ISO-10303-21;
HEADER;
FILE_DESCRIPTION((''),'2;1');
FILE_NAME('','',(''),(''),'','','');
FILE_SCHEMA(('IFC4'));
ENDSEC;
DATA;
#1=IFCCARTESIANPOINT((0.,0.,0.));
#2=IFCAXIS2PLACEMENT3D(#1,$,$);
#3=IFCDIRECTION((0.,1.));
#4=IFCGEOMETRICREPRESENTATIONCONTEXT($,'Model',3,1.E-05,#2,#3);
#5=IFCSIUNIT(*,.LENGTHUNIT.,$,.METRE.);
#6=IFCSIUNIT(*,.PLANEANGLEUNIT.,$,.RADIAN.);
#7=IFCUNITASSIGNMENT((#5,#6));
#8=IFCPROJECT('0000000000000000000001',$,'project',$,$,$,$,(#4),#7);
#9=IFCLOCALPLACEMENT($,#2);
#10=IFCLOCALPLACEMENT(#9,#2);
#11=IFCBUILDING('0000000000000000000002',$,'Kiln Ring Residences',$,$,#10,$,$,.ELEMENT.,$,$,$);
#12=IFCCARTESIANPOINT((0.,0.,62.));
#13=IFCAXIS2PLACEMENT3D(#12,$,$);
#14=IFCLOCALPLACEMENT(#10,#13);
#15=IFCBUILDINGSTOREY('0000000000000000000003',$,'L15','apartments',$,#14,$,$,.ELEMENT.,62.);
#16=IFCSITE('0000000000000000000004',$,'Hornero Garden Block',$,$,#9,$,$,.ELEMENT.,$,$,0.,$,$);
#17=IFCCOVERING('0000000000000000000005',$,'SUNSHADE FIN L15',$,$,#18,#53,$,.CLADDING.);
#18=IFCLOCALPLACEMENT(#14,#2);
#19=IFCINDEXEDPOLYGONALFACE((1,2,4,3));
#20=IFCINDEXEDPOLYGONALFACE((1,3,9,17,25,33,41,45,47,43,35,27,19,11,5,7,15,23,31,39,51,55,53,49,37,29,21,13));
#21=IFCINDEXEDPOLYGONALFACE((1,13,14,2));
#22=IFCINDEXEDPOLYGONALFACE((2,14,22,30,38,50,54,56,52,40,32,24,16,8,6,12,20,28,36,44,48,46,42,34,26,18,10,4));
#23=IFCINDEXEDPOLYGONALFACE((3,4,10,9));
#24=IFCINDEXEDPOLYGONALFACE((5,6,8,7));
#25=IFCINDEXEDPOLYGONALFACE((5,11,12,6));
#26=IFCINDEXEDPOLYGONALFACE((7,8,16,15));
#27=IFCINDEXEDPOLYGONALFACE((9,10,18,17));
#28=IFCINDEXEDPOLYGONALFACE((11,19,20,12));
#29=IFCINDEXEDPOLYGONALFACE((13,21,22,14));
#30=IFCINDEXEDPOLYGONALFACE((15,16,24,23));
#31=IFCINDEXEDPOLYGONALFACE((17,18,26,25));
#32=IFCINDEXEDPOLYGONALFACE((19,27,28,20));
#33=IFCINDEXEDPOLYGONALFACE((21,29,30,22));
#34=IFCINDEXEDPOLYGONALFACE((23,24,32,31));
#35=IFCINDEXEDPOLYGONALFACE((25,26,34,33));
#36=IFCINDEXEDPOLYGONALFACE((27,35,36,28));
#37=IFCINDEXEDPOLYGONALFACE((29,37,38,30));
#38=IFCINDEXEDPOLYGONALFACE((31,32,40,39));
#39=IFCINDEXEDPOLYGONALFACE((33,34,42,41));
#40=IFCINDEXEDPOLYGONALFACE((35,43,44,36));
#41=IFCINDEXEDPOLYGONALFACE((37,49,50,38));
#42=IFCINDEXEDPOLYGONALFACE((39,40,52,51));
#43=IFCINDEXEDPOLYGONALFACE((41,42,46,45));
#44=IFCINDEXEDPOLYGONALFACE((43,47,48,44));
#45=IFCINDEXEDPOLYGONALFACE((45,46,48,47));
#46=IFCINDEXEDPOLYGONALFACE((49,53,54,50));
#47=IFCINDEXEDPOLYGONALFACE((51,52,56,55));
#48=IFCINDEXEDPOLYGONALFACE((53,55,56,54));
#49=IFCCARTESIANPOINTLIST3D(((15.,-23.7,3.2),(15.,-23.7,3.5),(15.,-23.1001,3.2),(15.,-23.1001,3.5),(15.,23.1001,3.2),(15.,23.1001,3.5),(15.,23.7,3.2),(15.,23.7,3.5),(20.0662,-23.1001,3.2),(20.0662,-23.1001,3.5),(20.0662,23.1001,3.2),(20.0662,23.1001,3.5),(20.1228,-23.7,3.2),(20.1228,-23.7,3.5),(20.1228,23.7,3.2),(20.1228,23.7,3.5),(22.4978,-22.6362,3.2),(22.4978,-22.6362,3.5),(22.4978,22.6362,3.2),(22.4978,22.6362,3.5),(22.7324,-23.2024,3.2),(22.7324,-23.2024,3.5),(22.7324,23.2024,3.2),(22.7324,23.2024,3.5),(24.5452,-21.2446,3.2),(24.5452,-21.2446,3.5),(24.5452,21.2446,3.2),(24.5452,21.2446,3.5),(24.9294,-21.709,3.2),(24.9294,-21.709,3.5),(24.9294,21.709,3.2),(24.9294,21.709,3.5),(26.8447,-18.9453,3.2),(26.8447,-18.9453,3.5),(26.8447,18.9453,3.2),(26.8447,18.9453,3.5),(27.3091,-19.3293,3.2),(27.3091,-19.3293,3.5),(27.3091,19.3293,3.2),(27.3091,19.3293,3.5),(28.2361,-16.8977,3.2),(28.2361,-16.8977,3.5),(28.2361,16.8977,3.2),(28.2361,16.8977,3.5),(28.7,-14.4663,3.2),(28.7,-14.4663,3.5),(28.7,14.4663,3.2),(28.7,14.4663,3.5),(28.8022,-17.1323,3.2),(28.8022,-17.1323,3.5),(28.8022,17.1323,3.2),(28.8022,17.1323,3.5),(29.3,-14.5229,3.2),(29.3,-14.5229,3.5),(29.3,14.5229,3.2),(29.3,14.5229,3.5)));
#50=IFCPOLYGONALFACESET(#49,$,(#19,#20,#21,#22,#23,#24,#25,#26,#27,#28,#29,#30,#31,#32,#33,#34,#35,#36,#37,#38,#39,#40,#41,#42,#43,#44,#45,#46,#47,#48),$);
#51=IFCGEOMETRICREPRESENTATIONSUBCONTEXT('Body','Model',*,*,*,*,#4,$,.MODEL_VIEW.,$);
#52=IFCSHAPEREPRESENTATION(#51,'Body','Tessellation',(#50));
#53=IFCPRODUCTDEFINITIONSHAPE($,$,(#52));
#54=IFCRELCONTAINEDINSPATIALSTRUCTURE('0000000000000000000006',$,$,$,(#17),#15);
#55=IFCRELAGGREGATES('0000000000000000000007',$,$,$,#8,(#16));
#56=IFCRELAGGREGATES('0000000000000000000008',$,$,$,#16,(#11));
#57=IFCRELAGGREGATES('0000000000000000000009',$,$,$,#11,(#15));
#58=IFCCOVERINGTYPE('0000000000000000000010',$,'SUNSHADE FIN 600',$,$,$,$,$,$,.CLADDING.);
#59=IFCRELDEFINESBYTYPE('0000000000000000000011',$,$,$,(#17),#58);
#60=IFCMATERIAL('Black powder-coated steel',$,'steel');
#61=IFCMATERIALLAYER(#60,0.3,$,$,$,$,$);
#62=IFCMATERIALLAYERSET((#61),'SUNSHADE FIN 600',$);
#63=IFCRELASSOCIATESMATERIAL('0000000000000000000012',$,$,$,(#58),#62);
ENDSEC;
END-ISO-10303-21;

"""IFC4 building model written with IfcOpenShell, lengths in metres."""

from ifc_helpers import new_model, si_unit, direction, frame, origin, place, context, subcontext, project, spatial, polyline, outline, extrude, material, layer, layer_set, type_object, element, save


model = new_model("IFC4")

# Units and contexts
model_context = context("Model", 3, precision=1e-05, world=origin(), true_north=direction((0.0, 1.0)))
body_context = subcontext(model_context, "Body", "Model", "MODEL_VIEW")
ifc_project = project(units=[si_unit("LENGTHUNIT", "METRE"), si_unit("PLANEANGLEUNIT", "RADIAN")], contexts=[model_context])

# Site, building, storey
site_placement = place(None, origin())
site = spatial("IfcSite", under=ifc_project, at=site_placement, Name="Hornero Garden Block", CompositionType="ELEMENT", RefElevation=0.0)
building_placement = place(site_placement, origin())
building = spatial("IfcBuilding", under=site, at=building_placement, Name="Kiln Ring Residences", CompositionType="ELEMENT")
storey_placement = place(building_placement, frame((0.0, 0.0, 62.0)))
storey = spatial("IfcBuildingStorey", under=building, at=storey_placement, Name="L15", Description="apartments", CompositionType="ELEMENT", Elevation=62.0)

# Covering
placement = place(storey_placement, frame((0.0, 0.0, 3.2)))
ifc_material_1 = material(Name="Black powder-coated steel", Category="steel")
ifc_layer_1 = layer(ifc_material_1, 0.3)
ifc_layer_set_1 = layer_set([ifc_layer_1], Name="SUNSHADE FIN 600")
covering_type_1 = type_object("IfcCoveringType", Name="SUNSHADE FIN 600", PredefinedType="CLADDING", material=ifc_layer_set_1)
element("IfcCovering", 1, at=placement, inside=storey, type_object=covering_type_1, Name="SUNSHADE FIN L15", PredefinedType="CLADDING", context=body_context, shape_type="SweptSolid", body=[
    extrude(outline(polyline([(20.1228, 23.7), (15.0, 23.7), (15.0, 23.1001), (20.0662, 23.1001), (22.4978, 22.6362), (24.5452, 21.2446), (26.8447, 18.9453), (28.2361, 16.8977), (28.7, 14.4663), (28.7, -14.4663), (28.2361, -16.8977), (26.8447, -18.9453), (24.5452, -21.2446), (22.4978, -22.6362), (20.0662, -23.1001), (15.0, -23.1001), (15.0, -23.7), (20.1228, -23.7), (22.7324, -23.2024), (24.9294, -21.709), (27.3091, -19.3293), (28.8022, -17.1323), (29.3, -14.5229), (29.3, 14.5229), (28.8022, 17.1323), (27.3091, 19.3293), (24.9294, 21.709), (22.7324, 23.2024), (20.1228, 23.7)])), origin(), (0.0, 0.0, 1.0), 0.3),
])

save(model, "model.ifc")
